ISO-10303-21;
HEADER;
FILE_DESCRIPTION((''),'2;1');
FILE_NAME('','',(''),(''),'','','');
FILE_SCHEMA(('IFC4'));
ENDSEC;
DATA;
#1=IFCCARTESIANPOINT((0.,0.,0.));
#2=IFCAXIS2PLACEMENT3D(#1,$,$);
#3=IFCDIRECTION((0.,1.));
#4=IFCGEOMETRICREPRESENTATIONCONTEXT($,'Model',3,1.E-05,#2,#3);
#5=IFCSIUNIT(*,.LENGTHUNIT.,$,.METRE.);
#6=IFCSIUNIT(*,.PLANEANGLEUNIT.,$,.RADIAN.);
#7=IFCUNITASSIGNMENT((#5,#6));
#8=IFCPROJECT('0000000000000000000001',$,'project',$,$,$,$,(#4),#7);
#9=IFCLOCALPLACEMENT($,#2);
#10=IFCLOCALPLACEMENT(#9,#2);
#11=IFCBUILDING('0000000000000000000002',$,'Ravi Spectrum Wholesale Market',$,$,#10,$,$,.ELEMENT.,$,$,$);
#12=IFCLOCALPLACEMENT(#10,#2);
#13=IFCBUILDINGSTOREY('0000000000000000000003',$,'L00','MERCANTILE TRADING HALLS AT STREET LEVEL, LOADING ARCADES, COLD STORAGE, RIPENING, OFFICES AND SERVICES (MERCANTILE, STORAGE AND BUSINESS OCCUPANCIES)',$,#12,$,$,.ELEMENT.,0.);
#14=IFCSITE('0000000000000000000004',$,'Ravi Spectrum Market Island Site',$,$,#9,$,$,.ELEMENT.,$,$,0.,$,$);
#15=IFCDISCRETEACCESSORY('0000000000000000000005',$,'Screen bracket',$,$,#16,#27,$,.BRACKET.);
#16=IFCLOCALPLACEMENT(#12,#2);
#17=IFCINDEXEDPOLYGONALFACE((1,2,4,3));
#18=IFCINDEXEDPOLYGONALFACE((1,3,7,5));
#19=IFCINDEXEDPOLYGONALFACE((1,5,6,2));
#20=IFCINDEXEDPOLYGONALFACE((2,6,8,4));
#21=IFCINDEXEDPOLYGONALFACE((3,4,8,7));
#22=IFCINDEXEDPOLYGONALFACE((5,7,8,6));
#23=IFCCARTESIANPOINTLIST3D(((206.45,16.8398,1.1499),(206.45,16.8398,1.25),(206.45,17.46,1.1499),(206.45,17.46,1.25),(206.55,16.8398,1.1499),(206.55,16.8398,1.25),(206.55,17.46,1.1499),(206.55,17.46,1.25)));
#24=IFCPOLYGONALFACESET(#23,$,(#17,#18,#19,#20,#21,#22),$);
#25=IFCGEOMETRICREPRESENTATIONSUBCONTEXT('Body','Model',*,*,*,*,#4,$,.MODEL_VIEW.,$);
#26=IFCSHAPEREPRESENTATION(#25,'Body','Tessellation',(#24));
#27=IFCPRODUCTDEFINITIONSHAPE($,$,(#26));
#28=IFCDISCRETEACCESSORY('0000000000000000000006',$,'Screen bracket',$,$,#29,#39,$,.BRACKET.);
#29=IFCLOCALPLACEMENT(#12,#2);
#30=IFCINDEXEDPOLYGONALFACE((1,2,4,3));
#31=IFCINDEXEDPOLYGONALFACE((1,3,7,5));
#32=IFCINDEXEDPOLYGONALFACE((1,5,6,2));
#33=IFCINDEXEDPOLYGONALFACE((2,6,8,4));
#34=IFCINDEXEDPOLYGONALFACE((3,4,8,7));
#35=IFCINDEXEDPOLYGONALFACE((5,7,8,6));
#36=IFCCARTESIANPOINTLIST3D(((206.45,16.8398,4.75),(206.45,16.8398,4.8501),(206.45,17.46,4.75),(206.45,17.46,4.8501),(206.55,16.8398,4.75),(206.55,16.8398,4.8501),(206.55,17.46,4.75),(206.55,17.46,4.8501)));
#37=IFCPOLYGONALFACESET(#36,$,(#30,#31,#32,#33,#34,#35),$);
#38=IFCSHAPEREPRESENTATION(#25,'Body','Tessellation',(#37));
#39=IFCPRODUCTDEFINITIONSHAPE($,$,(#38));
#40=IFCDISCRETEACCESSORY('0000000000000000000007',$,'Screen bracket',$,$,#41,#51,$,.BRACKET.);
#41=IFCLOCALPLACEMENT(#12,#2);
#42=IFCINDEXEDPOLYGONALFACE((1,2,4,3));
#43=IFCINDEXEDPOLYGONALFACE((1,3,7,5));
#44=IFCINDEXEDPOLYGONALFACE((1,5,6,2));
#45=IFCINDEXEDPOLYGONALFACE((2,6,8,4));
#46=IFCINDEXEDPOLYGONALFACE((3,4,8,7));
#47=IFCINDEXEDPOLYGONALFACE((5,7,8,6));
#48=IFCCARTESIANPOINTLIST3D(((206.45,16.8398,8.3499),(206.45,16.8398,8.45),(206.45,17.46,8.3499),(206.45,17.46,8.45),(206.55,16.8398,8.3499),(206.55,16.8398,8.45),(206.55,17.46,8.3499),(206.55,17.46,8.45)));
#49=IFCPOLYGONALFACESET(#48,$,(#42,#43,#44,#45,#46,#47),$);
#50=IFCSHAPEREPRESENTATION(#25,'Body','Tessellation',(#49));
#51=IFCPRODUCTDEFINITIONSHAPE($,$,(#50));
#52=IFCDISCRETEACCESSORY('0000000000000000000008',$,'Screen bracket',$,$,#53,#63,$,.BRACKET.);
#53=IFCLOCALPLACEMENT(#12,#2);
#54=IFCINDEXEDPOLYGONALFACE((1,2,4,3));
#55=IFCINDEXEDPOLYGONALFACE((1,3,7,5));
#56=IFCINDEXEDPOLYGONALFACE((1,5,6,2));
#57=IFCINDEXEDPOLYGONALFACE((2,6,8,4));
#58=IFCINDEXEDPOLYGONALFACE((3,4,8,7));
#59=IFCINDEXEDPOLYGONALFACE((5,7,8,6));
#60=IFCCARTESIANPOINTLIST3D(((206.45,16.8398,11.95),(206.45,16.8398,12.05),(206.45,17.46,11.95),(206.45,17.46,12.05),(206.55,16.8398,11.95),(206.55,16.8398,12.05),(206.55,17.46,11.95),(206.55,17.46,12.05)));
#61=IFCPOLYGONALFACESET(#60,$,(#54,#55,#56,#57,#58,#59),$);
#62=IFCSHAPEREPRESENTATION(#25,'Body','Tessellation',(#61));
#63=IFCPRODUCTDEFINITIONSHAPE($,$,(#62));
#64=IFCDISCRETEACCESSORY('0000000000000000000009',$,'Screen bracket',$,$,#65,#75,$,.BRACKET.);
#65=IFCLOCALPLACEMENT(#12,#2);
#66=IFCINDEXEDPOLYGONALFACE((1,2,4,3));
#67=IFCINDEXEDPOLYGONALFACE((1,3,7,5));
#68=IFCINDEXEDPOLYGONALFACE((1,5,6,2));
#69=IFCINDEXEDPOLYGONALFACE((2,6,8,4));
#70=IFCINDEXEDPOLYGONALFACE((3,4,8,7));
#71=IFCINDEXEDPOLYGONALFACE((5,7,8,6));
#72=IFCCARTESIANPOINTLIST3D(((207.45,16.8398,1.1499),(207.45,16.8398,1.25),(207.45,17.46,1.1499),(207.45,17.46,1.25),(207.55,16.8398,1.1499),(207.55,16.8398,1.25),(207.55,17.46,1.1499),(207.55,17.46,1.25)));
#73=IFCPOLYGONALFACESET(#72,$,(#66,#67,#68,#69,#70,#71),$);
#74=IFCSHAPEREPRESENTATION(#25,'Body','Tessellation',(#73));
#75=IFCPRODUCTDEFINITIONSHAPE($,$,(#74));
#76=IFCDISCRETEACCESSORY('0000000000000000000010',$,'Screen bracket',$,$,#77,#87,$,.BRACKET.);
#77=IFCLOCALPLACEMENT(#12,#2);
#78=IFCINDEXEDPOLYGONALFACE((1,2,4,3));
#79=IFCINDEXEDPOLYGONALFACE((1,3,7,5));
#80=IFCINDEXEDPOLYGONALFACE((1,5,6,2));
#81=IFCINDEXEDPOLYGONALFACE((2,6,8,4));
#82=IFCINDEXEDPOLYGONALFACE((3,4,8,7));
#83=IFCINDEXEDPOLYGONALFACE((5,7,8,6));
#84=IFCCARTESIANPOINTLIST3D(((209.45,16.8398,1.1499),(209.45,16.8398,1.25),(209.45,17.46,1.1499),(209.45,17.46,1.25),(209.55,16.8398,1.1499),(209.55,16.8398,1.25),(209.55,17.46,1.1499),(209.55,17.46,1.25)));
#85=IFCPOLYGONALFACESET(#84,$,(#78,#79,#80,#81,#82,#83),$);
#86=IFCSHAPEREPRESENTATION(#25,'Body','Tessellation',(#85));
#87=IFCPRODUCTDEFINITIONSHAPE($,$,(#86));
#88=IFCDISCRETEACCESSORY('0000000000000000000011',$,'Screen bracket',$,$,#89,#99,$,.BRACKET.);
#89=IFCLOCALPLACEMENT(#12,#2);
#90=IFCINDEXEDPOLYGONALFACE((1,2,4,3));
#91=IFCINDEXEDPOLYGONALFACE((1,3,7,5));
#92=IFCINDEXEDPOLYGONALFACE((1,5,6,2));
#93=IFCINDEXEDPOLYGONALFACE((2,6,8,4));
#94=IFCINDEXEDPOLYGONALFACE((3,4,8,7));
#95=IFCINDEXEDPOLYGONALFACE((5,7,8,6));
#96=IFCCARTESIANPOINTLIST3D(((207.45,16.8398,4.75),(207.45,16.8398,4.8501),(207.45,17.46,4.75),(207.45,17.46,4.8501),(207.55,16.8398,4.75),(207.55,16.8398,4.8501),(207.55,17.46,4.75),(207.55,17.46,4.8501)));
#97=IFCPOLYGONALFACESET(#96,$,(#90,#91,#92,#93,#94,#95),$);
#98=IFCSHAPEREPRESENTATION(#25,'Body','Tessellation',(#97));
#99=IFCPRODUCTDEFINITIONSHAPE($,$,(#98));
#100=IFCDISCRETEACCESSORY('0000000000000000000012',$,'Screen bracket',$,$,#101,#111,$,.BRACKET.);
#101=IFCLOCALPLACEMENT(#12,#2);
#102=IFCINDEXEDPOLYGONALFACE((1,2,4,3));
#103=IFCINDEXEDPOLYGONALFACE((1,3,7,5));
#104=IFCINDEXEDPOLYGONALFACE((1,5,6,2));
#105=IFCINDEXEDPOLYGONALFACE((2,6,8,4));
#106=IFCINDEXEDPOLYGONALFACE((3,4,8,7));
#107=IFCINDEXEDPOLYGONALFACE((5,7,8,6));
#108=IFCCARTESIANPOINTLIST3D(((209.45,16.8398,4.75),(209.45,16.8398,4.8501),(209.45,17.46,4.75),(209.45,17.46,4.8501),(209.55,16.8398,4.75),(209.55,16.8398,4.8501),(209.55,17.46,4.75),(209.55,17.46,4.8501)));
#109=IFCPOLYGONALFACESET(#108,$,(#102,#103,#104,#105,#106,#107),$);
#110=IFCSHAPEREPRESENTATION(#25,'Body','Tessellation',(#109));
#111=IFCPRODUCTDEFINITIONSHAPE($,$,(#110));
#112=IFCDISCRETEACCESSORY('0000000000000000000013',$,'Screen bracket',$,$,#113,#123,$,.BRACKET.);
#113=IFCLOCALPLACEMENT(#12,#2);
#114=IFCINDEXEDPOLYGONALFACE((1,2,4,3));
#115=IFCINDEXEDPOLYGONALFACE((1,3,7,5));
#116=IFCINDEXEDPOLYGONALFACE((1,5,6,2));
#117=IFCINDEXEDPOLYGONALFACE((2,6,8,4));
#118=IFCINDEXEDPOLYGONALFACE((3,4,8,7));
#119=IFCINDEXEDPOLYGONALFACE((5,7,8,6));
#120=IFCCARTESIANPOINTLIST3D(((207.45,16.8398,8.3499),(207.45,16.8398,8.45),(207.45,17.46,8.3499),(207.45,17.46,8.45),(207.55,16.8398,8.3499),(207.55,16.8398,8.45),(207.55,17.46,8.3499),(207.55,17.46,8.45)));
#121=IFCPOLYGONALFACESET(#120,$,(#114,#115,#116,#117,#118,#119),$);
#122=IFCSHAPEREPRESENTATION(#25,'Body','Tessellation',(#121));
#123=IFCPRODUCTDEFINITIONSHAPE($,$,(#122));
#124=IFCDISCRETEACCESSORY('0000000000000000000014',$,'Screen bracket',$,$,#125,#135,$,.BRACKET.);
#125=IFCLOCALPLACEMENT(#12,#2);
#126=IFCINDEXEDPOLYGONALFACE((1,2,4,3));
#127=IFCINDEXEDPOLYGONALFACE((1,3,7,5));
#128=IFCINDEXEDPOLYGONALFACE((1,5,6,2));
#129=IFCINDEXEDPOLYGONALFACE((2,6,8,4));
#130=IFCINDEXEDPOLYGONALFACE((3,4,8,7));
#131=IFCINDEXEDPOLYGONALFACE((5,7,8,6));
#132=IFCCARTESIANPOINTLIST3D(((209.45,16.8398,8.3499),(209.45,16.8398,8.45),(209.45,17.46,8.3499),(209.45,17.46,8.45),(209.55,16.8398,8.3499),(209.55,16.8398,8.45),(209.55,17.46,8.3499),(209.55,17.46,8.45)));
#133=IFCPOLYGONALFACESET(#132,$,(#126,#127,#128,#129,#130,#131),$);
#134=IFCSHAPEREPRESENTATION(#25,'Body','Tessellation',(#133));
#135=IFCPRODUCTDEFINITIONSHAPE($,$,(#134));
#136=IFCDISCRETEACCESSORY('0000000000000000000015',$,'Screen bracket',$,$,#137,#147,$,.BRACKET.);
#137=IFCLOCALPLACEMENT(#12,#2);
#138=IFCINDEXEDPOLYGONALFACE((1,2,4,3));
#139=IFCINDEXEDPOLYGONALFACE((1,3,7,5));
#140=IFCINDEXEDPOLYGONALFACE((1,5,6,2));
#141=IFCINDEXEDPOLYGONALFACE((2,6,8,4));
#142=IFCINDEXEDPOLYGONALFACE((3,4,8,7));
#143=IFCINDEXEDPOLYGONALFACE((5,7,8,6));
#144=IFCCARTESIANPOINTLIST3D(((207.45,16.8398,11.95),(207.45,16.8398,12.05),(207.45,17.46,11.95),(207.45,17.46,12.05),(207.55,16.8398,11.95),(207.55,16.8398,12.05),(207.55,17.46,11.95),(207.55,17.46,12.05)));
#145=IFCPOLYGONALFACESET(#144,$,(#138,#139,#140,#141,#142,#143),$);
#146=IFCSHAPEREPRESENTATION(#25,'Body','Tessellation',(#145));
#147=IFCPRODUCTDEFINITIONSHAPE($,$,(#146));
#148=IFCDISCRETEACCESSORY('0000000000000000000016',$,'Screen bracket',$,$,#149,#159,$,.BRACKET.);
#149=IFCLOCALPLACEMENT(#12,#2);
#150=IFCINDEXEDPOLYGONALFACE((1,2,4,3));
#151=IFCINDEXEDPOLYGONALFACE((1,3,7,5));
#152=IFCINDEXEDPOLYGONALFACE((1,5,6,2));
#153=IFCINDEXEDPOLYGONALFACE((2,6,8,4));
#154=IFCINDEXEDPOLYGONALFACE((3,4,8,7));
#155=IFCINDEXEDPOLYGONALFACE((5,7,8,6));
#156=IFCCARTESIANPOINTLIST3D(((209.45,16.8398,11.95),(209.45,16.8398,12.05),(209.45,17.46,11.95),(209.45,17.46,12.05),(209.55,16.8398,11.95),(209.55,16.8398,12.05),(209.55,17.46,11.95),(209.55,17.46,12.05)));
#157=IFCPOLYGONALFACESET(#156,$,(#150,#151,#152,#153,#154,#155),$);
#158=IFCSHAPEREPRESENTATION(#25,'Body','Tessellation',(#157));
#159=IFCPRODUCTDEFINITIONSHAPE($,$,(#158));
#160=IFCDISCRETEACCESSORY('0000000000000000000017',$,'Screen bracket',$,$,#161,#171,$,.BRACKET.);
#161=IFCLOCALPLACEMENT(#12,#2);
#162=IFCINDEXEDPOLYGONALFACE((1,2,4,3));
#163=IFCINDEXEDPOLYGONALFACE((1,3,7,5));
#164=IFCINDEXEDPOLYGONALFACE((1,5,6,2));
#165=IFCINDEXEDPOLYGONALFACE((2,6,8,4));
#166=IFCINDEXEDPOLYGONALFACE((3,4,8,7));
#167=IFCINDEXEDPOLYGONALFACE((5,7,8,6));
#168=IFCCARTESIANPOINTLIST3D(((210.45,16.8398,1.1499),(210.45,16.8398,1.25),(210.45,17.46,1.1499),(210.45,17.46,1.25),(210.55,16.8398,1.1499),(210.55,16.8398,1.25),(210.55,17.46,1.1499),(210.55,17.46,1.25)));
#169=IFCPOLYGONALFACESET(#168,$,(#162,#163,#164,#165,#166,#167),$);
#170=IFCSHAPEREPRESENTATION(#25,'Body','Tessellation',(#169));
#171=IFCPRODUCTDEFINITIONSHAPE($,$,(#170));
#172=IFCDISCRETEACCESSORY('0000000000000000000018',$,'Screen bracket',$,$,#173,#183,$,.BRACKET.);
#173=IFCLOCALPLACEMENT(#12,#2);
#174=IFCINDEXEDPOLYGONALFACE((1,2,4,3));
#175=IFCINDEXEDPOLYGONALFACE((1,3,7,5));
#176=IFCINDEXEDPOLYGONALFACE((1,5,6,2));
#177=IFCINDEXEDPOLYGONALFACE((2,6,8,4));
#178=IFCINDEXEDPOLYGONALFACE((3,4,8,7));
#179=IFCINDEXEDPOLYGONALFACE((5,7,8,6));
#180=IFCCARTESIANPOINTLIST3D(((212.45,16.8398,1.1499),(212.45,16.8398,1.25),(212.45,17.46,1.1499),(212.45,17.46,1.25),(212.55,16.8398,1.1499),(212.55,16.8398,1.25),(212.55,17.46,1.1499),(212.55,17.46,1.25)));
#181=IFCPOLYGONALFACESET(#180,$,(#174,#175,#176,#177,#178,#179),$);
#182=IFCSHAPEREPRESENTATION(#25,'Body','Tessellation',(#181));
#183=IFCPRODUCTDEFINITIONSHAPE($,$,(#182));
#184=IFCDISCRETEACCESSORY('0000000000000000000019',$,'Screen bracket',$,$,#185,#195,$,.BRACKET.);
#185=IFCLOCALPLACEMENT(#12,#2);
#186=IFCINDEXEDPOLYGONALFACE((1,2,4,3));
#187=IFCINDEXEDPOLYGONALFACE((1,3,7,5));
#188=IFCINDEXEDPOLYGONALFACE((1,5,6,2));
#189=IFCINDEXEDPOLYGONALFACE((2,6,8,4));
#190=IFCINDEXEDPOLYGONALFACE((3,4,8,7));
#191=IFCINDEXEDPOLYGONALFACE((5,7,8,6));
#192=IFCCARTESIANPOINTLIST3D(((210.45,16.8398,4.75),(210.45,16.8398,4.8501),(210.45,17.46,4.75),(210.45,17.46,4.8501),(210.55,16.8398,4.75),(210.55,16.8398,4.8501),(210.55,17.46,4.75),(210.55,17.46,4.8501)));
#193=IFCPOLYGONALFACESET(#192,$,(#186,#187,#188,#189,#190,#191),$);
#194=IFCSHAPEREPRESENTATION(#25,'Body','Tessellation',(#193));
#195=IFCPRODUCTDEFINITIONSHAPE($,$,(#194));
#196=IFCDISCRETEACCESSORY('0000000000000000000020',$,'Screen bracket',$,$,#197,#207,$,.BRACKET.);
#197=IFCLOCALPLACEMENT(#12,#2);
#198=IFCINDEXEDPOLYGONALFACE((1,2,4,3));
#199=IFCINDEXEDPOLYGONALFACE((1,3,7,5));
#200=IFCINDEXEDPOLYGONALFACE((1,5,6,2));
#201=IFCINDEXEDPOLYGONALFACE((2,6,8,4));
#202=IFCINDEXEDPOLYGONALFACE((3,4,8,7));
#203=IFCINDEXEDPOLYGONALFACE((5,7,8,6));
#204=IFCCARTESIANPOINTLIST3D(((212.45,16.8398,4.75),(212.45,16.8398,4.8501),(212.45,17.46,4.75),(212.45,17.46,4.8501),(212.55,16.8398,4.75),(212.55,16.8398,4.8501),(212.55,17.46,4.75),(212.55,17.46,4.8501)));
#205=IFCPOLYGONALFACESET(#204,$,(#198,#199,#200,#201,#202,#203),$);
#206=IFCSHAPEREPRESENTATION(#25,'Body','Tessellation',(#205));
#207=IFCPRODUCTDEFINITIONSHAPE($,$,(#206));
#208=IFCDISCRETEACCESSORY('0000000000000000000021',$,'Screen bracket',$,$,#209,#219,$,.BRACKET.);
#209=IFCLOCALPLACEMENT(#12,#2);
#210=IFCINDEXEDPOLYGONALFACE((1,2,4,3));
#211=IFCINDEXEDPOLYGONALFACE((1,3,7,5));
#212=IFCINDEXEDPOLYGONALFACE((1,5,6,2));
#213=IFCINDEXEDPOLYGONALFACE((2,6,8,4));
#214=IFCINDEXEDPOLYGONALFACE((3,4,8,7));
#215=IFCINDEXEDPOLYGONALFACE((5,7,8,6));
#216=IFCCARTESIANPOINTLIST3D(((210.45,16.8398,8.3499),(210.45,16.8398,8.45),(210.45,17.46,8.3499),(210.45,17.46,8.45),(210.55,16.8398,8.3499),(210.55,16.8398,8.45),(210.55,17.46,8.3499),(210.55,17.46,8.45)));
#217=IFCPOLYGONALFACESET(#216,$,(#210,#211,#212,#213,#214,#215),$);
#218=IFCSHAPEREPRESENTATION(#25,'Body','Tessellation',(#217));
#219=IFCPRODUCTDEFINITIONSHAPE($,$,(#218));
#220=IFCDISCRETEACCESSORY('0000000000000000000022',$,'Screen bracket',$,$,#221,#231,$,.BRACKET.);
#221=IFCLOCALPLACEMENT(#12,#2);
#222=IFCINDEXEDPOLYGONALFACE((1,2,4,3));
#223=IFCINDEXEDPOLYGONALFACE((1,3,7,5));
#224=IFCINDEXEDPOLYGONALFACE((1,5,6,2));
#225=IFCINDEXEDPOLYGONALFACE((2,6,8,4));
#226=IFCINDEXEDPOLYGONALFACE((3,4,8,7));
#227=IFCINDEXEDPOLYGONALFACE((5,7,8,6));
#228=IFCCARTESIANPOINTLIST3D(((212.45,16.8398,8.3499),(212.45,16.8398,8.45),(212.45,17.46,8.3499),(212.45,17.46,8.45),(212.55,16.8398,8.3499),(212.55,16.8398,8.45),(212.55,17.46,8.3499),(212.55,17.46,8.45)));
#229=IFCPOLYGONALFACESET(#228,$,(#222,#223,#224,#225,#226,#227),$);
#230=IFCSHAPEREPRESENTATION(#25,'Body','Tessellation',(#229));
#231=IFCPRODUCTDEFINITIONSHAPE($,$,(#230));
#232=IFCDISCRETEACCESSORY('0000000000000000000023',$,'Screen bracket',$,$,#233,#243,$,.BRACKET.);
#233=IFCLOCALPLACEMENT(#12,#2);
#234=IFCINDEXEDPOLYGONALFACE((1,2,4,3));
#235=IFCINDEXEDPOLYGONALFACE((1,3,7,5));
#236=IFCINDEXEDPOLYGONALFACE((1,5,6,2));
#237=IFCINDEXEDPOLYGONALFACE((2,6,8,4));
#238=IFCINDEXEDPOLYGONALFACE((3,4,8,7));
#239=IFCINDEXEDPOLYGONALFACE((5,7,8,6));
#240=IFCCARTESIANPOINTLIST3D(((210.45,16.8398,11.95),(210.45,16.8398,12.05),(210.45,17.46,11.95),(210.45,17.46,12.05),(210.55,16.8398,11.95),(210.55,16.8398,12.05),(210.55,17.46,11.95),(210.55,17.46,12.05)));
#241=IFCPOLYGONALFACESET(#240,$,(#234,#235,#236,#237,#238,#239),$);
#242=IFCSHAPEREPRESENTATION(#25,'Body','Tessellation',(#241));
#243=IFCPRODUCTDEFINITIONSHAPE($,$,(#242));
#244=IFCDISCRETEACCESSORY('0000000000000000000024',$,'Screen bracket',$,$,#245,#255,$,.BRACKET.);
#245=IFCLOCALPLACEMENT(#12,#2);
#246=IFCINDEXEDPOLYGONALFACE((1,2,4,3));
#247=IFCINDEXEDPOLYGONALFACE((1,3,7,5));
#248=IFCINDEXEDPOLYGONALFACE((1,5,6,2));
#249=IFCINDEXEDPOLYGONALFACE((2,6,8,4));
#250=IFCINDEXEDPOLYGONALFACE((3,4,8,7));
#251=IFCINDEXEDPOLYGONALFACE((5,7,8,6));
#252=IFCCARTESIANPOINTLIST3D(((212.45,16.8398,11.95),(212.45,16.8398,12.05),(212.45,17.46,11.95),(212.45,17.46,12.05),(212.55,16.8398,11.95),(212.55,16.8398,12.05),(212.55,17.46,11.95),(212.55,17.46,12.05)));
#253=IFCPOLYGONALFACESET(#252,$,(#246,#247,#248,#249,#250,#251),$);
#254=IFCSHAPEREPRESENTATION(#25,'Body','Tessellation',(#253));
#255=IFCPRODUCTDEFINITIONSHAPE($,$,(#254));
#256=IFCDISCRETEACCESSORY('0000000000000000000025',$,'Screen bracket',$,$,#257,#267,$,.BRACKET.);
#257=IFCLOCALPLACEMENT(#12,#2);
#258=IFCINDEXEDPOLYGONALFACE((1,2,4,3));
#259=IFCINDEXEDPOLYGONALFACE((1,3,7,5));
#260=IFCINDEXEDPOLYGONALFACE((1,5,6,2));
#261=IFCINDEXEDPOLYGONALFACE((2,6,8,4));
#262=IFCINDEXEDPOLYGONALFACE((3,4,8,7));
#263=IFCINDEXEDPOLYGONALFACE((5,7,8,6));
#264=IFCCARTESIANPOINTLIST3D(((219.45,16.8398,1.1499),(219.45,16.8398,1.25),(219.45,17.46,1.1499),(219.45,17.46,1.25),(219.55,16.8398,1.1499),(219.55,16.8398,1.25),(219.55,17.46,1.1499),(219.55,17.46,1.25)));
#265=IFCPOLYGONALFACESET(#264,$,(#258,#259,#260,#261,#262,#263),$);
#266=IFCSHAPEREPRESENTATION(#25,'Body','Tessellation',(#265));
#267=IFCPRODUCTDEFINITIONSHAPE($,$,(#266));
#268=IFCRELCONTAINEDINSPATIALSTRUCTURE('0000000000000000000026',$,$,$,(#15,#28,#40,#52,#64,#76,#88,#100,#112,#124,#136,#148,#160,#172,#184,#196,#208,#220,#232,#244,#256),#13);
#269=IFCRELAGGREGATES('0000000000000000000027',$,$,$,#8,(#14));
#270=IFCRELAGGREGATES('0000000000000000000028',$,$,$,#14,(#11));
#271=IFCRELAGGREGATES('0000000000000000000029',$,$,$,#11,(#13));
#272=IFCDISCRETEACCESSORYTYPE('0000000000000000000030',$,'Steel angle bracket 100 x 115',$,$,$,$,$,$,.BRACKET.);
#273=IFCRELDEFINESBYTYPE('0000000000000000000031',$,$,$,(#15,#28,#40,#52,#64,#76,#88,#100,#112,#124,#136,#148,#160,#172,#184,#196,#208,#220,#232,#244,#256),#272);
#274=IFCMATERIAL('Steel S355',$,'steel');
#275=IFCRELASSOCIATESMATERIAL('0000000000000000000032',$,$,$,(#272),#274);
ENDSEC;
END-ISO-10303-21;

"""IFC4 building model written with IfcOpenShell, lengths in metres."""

from ifc_helpers import new_model, si_unit, direction, frame, origin, origin_2d, place, context, subcontext, project, spatial, rectangle, extrude, material, type_object, element, save


model = new_model("IFC4")

# Units and contexts
model_context = context("Model", 3, precision=1e-05, world=origin(), true_north=direction((0.0, 1.0)))
body_context = subcontext(model_context, "Body", "Model", "MODEL_VIEW")
ifc_project = project(units=[si_unit("LENGTHUNIT", "METRE"), si_unit("PLANEANGLEUNIT", "RADIAN")], contexts=[model_context])

# Site, building, storey
site_placement = place(None, origin())
site = spatial("IfcSite", under=ifc_project, at=site_placement, Name="Ravi Spectrum Market Island Site", CompositionType="ELEMENT", RefElevation=0.0)
building_placement = place(site_placement, origin())
building = spatial("IfcBuilding", under=site, at=building_placement, Name="Ravi Spectrum Wholesale Market", CompositionType="ELEMENT")
storey_placement = place(building_placement, origin())
storey = spatial("IfcBuildingStorey", under=building, at=storey_placement, Name="L00", Description="MERCANTILE TRADING HALLS AT STREET LEVEL, LOADING ARCADES, COLD STORAGE, RIPENING, OFFICES AND SERVICES (MERCANTILE, STORAGE AND BUSINESS OCCUPANCIES)", CompositionType="ELEMENT", Elevation=0.0)

# Discrete accessories
ifc_material_1 = material(Name="Steel S355", Category="steel")
discrete_accessory_type = type_object("IfcDiscreteAccessoryType", Name="Steel angle bracket 100 x 115", PredefinedType="BRACKET", material=ifc_material_1)
for number, where, z_axis, x_axis, name in (
    (1, (206.5, 17.1499, 1.1499), (0.0, 0.0, 1.0), (1.0, 0.0, 0.0), "Screen bracket"),
    (2, (206.5, 17.1499, 4.75), (0.0, 0.0, 1.0), (1.0, 0.0, 0.0), "Screen bracket"),
    (3, (206.5, 17.1499, 8.3499), (0.0, 0.0, 1.0), (1.0, 0.0, 0.0), "Screen bracket"),
    (4, (206.5, 17.1499, 11.95), (0.0, 0.0, 1.0), (1.0, 0.0, 0.0), "Screen bracket"),
    (5, (207.5, 17.1499, 1.1499), (0.0, 0.0, 1.0), (1.0, 0.0, 0.0), "Screen bracket"),
    (6, (209.5, 17.1499, 1.1499), (0.0, 0.0, 1.0), (1.0, 0.0, 0.0), "Screen bracket"),
    (7, (207.5, 17.1499, 4.75), (0.0, 0.0, 1.0), (1.0, 0.0, 0.0), "Screen bracket"),
    (8, (209.5, 17.1499, 4.75), (0.0, 0.0, 1.0), (1.0, 0.0, 0.0), "Screen bracket"),
    (9, (207.5, 17.1499, 8.3499), (0.0, 0.0, 1.0), (1.0, 0.0, 0.0), "Screen bracket"),
    (10, (209.5, 17.1499, 8.3499), (0.0, 0.0, 1.0), (1.0, 0.0, 0.0), "Screen bracket"),
    (11, (207.5, 17.1499, 11.95), (0.0, 0.0, 1.0), (1.0, 0.0, 0.0), "Screen bracket"),
    (12, (209.5, 17.1499, 11.95), (0.0, 0.0, 1.0), (1.0, 0.0, 0.0), "Screen bracket"),
    (13, (210.5, 17.1499, 1.1499), (0.0, 0.0, 1.0), (1.0, 0.0, 0.0), "Screen bracket"),
    (14, (212.5, 17.1499, 1.1499), (0.0, 0.0, 1.0), (1.0, 0.0, 0.0), "Screen bracket"),
    (15, (210.5, 17.1499, 4.75), (0.0, 0.0, 1.0), (1.0, 0.0, 0.0), "Screen bracket"),
    (16, (212.5, 17.1499, 4.75), (0.0, 0.0, 1.0), (1.0, 0.0, 0.0), "Screen bracket"),
    (17, (210.5, 17.1499, 8.3499), (0.0, 0.0, 1.0), (1.0, 0.0, 0.0), "Screen bracket"),
    (18, (212.5, 17.1499, 8.3499), (0.0, 0.0, 1.0), (1.0, 0.0, 0.0), "Screen bracket"),
    (19, (210.5, 17.1499, 11.95), (0.0, 0.0, 1.0), (1.0, 0.0, 0.0), "Screen bracket"),
    (20, (212.5, 17.1499, 11.95), (0.0, 0.0, 1.0), (1.0, 0.0, 0.0), "Screen bracket"),
    (21, (219.5, 17.1499, 1.1499), (0.0, 0.0, 1.0), (1.0, 0.0, 0.0), "Screen bracket"),
):
    element("IfcDiscreteAccessory", number, at=place(storey_placement, frame(where, z_axis=z_axis, x_axis=x_axis)), inside=storey, type_object=discrete_accessory_type, Name=name, PredefinedType="BRACKET", context=body_context, shape_type="SweptSolid", body=[
        extrude(rectangle(XDim=0.1001, YDim=0.6201, at=origin_2d()), origin(), (0.0, 0.0, 1.0), 0.1001),
    ])

save(model, "model.ifc")
